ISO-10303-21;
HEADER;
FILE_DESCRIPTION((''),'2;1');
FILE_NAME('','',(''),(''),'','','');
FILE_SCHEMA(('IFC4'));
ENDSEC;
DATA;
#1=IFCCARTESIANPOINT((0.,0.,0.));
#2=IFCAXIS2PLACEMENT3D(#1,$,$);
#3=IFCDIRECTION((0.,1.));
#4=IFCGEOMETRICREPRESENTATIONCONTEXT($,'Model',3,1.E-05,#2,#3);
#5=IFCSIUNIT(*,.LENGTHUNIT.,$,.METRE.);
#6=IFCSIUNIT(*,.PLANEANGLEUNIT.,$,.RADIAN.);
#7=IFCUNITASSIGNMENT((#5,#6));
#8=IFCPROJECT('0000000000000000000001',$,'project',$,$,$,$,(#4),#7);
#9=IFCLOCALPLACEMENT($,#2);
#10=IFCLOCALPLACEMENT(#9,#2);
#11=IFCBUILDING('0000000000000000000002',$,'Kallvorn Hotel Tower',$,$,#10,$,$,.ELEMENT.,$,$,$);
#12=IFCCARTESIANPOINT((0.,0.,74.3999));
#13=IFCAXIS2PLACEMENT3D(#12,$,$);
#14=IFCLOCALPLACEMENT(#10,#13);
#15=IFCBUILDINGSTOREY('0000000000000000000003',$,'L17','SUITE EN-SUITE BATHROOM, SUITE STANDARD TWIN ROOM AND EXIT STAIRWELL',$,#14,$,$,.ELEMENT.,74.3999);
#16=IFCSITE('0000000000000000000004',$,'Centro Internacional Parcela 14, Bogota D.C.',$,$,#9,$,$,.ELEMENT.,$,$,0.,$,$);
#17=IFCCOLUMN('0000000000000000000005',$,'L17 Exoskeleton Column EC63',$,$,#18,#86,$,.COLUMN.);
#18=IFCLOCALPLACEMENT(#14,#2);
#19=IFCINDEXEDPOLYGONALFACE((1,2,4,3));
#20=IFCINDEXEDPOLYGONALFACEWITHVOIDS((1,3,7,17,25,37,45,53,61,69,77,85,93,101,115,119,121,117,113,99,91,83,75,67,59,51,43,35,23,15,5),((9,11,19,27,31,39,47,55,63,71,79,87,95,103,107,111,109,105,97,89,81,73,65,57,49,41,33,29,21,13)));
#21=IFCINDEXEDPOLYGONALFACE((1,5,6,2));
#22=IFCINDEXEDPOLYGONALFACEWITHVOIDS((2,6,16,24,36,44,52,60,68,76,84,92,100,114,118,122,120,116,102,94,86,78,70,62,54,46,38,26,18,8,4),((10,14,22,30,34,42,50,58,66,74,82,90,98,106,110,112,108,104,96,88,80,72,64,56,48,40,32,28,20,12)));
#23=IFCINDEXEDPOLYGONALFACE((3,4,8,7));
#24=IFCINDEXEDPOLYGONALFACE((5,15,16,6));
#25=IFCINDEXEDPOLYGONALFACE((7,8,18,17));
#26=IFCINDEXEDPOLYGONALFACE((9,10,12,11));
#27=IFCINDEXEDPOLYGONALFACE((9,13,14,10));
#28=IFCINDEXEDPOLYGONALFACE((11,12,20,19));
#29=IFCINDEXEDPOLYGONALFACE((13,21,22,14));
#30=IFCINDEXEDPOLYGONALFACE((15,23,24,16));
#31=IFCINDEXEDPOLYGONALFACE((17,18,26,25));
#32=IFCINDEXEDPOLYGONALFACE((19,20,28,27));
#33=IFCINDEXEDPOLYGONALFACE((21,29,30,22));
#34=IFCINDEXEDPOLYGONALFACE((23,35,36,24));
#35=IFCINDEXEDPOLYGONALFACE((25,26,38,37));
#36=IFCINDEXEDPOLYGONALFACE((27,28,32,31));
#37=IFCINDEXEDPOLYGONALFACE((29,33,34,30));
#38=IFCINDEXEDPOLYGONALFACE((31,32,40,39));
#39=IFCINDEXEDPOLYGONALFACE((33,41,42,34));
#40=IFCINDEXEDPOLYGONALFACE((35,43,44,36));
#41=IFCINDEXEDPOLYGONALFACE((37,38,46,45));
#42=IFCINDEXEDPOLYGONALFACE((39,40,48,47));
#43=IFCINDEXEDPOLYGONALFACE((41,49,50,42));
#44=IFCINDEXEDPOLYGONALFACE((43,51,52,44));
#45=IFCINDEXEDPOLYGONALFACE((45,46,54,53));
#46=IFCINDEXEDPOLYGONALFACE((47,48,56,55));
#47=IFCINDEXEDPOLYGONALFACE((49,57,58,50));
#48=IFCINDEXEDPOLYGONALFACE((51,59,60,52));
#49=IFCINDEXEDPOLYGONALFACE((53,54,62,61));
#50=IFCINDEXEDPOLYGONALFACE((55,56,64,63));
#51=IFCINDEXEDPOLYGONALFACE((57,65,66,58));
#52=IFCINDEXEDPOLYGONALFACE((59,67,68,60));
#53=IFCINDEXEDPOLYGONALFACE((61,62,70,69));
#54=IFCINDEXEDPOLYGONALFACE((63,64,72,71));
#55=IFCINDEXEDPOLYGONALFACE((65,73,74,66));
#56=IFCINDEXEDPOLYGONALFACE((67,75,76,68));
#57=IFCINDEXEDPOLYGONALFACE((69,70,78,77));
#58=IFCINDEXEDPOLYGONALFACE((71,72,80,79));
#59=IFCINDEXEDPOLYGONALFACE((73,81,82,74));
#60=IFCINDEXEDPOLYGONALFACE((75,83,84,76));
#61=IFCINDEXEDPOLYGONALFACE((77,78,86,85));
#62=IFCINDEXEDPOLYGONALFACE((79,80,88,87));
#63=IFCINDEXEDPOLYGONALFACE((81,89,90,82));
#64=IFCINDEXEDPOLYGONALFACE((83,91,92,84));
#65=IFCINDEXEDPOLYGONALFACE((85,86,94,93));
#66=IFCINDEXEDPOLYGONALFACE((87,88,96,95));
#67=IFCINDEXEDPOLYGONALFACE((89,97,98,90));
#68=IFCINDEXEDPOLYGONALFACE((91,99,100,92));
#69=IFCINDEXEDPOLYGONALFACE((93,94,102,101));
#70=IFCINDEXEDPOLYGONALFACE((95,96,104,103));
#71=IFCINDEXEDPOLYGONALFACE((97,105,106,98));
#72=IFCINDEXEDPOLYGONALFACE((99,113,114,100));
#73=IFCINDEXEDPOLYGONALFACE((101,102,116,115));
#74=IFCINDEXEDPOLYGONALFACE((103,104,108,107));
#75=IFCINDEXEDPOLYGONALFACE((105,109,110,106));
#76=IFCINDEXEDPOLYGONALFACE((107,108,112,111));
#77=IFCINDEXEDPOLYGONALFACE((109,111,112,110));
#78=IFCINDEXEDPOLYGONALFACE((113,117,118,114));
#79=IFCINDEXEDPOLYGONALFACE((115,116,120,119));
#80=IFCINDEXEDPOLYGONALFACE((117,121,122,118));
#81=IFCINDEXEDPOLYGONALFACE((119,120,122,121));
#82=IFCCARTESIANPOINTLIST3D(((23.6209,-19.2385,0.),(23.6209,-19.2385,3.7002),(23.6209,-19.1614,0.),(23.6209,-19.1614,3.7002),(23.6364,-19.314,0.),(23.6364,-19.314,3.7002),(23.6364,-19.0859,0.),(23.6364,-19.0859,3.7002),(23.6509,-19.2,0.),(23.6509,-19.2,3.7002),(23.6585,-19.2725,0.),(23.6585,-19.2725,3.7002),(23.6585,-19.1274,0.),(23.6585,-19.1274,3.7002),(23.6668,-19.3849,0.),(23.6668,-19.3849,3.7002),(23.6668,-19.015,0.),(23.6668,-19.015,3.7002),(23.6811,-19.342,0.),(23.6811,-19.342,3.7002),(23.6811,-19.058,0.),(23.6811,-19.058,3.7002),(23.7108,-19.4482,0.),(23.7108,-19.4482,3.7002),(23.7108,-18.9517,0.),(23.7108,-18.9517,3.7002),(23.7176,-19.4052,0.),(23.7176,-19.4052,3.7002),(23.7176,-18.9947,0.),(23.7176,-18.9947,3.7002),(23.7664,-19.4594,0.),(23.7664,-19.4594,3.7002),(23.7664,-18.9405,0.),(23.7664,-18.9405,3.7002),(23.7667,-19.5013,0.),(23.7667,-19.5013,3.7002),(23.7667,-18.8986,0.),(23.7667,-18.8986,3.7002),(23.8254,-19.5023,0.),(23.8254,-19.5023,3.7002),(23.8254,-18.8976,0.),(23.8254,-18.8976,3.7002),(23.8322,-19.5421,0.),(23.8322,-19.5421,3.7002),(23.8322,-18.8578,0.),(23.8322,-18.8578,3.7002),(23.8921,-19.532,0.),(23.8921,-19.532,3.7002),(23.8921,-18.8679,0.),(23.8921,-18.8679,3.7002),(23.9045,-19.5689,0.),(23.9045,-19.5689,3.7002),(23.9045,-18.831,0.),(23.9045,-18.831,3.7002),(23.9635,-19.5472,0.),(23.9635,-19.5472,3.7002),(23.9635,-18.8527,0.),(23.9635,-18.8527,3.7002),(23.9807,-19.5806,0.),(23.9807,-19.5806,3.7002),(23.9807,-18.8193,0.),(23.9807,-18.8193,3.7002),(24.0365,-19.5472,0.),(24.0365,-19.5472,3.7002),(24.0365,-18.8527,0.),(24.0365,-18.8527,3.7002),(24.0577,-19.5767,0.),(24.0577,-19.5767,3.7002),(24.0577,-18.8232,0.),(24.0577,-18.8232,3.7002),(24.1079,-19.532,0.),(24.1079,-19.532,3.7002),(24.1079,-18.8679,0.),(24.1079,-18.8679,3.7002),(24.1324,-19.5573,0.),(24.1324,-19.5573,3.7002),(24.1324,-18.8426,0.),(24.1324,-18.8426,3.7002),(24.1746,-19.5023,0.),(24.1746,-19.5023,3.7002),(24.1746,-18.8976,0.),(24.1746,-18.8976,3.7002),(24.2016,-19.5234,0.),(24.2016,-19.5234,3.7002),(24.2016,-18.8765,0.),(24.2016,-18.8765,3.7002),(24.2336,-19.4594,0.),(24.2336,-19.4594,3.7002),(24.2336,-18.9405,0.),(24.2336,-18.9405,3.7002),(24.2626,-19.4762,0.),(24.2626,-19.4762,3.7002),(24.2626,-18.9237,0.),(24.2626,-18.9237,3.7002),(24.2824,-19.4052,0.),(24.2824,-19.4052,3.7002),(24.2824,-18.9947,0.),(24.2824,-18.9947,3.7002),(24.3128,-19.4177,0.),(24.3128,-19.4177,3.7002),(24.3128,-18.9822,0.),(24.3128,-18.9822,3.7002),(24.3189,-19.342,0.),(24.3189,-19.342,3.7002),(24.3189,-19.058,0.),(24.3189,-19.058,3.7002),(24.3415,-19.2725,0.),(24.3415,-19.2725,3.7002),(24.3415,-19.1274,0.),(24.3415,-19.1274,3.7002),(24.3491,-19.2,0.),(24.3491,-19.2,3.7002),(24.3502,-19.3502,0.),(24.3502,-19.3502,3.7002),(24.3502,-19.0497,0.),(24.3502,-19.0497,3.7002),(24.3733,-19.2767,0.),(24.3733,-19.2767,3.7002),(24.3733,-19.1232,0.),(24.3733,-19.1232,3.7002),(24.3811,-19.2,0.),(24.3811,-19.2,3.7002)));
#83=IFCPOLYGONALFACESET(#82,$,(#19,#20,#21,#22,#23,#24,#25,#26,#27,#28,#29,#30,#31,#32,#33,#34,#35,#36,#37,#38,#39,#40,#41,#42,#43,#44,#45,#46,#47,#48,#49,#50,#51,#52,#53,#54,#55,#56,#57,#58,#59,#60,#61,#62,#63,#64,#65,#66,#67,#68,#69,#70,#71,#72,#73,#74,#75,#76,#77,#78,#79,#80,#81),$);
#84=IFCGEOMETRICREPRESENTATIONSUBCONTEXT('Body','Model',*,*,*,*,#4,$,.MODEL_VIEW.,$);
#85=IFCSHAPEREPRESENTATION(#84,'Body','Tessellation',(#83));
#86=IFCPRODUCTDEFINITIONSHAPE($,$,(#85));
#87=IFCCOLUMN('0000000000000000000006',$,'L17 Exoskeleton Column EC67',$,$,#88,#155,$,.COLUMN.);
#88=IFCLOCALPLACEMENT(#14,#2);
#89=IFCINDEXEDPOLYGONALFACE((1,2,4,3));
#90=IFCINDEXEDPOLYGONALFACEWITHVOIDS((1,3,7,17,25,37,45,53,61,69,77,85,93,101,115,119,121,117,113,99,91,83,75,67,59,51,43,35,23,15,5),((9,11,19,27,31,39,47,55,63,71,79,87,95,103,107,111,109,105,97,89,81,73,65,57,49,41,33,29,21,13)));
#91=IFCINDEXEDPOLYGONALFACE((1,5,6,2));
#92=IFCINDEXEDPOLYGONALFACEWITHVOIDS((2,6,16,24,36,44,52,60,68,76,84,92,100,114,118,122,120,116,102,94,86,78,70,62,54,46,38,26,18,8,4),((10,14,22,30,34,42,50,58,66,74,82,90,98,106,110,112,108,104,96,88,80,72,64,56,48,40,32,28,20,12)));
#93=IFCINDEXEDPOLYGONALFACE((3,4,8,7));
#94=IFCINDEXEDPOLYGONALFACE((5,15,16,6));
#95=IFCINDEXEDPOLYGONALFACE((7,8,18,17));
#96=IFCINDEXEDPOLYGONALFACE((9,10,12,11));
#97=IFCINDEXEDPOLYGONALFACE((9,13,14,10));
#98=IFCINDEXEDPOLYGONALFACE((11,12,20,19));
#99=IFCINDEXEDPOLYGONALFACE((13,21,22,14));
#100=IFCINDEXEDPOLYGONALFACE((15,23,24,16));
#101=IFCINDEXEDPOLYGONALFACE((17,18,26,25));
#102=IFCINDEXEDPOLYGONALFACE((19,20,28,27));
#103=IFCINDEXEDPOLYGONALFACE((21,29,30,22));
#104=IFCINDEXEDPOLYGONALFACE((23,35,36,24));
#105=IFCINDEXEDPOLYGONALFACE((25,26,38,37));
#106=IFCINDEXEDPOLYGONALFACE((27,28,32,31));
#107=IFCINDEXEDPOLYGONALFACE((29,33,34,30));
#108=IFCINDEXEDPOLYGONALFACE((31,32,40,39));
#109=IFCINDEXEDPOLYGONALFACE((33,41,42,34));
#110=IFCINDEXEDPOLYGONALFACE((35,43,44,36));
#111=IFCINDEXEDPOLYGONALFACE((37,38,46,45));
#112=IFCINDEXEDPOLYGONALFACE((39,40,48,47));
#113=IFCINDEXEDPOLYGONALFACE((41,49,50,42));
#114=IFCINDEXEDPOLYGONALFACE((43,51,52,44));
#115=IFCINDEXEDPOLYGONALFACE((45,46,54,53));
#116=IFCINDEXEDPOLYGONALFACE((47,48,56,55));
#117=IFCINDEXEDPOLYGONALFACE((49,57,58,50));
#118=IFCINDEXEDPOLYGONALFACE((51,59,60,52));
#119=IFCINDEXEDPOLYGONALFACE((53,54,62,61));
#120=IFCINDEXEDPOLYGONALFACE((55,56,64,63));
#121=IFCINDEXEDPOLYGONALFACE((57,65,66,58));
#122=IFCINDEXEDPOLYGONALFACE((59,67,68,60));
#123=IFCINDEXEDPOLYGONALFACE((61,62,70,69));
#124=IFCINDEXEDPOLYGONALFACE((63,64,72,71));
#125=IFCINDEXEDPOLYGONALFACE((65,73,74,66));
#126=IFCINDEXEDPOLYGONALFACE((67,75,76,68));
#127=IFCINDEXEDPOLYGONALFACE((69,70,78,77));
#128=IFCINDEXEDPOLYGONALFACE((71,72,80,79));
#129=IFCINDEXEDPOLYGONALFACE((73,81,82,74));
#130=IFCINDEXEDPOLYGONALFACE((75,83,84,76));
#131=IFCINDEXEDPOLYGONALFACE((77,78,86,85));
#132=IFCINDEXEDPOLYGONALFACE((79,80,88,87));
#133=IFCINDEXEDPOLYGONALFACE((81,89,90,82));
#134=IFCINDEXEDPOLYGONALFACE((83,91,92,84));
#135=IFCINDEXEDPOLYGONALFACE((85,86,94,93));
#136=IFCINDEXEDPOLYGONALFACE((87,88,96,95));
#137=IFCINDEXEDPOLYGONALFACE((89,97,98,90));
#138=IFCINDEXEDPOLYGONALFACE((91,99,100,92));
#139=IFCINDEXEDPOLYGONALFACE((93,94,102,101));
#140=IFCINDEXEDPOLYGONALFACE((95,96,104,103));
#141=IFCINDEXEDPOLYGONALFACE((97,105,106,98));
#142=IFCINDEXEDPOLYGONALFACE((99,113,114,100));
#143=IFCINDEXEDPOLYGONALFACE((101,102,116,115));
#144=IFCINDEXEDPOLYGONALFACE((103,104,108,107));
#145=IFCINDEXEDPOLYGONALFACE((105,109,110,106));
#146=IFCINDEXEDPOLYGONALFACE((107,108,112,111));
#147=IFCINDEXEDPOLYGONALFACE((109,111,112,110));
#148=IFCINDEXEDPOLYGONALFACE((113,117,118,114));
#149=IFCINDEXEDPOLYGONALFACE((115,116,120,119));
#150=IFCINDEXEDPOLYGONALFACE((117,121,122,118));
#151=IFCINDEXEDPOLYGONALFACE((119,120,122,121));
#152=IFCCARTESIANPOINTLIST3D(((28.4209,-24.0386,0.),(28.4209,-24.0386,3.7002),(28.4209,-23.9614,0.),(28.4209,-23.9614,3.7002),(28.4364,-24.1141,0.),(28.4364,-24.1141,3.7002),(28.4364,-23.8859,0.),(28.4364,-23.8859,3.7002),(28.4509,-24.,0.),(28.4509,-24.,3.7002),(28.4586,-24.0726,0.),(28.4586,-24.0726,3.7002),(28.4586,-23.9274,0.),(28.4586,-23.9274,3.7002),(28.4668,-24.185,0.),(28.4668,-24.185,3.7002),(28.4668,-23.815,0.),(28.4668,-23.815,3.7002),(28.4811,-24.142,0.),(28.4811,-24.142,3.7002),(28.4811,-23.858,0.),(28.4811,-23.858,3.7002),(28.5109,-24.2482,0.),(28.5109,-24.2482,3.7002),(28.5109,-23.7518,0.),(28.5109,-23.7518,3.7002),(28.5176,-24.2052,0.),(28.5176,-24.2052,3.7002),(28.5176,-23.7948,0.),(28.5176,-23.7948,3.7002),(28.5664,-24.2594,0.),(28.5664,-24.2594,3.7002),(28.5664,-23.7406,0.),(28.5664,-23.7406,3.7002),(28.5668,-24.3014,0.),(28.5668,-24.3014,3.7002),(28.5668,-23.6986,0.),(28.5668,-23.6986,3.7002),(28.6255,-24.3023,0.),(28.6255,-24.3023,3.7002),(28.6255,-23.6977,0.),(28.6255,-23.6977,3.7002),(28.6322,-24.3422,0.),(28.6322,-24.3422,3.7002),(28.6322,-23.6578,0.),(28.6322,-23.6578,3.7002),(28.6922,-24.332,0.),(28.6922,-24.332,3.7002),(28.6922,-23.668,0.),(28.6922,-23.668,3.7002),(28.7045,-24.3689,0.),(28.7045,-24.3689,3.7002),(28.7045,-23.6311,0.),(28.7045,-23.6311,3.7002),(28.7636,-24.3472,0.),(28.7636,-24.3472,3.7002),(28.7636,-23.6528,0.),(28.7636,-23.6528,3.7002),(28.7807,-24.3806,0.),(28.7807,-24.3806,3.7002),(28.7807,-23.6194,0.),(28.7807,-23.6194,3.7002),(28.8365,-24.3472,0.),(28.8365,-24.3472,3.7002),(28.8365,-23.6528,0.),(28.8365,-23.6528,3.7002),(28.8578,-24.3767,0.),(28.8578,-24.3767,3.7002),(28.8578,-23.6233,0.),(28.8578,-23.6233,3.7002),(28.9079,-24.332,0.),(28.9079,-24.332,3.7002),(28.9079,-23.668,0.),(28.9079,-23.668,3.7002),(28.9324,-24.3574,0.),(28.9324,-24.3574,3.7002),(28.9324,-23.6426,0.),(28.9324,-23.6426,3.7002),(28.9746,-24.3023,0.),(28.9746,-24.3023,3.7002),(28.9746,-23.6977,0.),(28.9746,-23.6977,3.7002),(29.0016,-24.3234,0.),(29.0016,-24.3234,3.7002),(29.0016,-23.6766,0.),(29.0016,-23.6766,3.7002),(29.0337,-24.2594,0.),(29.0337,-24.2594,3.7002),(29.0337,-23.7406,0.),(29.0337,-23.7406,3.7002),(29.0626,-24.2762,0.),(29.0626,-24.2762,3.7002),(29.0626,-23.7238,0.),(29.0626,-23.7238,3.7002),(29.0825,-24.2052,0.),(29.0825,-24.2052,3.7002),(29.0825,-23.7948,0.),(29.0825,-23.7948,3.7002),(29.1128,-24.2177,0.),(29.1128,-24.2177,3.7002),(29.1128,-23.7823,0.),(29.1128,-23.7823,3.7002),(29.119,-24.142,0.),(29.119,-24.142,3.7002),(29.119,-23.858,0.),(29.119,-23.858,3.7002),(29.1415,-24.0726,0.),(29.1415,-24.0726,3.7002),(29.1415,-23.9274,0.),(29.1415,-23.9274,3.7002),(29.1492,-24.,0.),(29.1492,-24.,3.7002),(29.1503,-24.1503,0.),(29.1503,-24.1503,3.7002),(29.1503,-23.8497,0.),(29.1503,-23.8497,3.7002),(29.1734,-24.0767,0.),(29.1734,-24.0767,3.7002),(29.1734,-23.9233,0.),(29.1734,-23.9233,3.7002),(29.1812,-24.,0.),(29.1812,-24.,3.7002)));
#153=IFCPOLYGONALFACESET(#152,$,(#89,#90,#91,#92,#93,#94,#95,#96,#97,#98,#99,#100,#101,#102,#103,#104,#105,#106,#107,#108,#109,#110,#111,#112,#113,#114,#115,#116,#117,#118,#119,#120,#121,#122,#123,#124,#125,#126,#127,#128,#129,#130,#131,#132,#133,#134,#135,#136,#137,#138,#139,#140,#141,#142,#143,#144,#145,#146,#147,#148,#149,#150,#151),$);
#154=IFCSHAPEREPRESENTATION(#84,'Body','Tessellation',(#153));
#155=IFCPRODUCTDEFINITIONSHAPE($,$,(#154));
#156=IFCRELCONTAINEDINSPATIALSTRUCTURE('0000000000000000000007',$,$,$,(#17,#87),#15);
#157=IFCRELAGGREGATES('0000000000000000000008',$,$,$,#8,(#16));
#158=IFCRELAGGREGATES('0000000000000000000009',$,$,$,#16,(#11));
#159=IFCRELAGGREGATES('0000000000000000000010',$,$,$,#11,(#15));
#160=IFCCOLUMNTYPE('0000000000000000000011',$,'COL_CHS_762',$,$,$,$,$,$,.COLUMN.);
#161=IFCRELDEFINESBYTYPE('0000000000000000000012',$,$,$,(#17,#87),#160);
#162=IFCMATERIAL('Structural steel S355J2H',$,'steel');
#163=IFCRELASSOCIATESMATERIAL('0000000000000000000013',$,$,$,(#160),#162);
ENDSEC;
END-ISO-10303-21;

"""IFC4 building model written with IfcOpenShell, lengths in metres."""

from ifc_helpers import new_model, si_unit, direction, frame, origin, origin_2d, place, context, subcontext, project, spatial, hollow_circle, extrude, material, material_profile, profile_set, type_object, element, save


model = new_model("IFC4")

# Units and contexts
model_context = context("Model", 3, precision=1e-05, world=origin(), true_north=direction((0.0, 1.0)))
body_context = subcontext(model_context, "Body", "Model", "MODEL_VIEW")
ifc_project = project(units=[si_unit("LENGTHUNIT", "METRE"), si_unit("PLANEANGLEUNIT", "RADIAN")], contexts=[model_context])

# Site, building, storey
site_placement = place(None, origin())
site = spatial("IfcSite", under=ifc_project, at=site_placement, Name="Centro Internacional Parcela 14, Bogota D.C.", CompositionType="ELEMENT", RefElevation=0.0)
building_placement = place(site_placement, origin())
building = spatial("IfcBuilding", under=site, at=building_placement, Name="Kallvorn Hotel Tower", CompositionType="ELEMENT")
storey_placement = place(building_placement, frame((0.0, 0.0, 74.3999)))
storey = spatial("IfcBuildingStorey", under=building, at=storey_placement, Name="L17", Description="SUITE EN-SUITE BATHROOM, SUITE STANDARD TWIN ROOM AND EXIT STAIRWELL", CompositionType="ELEMENT", Elevation=74.3999)

# Columns
ifc_material_1 = material(Name="Structural steel S355J2H", Category="steel")
ifc_material_profile_1 = material_profile(ifc_material_1, hollow_circle(Radius=0.3811, WallThickness=0.032, at=origin_2d()), Name="CHS 762x32")
ifc_profile_set_1 = profile_set([ifc_material_profile_1], Name="Structural steel S355J2H")
column_type = type_object("IfcColumnType", Name="COL_CHS_762", PredefinedType="COLUMN", material=ifc_profile_set_1)
for number, where, z_axis, x_axis, name in (
    (1, (24.0, -19.2, 0.0), (0.0, 0.0, 1.0), (1.0, 0.0, 0.0), "L17 Exoskeleton Column EC63"),
    (2, (28.8, -24.0, 0.0), (0.0, 0.0, 1.0), (1.0, 0.0, 0.0), "L17 Exoskeleton Column EC67"),
):
    element("IfcColumn", number, at=place(storey_placement, frame(where, z_axis=z_axis, x_axis=x_axis)), inside=storey, type_object=column_type, Name=name, PredefinedType="COLUMN", context=body_context, shape_type="SweptSolid", body=[
        extrude(hollow_circle(Radius=0.3811, WallThickness=0.032, at=origin_2d()), origin(), (0.0, 0.0, 1.0), 3.7002),
    ])

save(model, "model.ifc")
